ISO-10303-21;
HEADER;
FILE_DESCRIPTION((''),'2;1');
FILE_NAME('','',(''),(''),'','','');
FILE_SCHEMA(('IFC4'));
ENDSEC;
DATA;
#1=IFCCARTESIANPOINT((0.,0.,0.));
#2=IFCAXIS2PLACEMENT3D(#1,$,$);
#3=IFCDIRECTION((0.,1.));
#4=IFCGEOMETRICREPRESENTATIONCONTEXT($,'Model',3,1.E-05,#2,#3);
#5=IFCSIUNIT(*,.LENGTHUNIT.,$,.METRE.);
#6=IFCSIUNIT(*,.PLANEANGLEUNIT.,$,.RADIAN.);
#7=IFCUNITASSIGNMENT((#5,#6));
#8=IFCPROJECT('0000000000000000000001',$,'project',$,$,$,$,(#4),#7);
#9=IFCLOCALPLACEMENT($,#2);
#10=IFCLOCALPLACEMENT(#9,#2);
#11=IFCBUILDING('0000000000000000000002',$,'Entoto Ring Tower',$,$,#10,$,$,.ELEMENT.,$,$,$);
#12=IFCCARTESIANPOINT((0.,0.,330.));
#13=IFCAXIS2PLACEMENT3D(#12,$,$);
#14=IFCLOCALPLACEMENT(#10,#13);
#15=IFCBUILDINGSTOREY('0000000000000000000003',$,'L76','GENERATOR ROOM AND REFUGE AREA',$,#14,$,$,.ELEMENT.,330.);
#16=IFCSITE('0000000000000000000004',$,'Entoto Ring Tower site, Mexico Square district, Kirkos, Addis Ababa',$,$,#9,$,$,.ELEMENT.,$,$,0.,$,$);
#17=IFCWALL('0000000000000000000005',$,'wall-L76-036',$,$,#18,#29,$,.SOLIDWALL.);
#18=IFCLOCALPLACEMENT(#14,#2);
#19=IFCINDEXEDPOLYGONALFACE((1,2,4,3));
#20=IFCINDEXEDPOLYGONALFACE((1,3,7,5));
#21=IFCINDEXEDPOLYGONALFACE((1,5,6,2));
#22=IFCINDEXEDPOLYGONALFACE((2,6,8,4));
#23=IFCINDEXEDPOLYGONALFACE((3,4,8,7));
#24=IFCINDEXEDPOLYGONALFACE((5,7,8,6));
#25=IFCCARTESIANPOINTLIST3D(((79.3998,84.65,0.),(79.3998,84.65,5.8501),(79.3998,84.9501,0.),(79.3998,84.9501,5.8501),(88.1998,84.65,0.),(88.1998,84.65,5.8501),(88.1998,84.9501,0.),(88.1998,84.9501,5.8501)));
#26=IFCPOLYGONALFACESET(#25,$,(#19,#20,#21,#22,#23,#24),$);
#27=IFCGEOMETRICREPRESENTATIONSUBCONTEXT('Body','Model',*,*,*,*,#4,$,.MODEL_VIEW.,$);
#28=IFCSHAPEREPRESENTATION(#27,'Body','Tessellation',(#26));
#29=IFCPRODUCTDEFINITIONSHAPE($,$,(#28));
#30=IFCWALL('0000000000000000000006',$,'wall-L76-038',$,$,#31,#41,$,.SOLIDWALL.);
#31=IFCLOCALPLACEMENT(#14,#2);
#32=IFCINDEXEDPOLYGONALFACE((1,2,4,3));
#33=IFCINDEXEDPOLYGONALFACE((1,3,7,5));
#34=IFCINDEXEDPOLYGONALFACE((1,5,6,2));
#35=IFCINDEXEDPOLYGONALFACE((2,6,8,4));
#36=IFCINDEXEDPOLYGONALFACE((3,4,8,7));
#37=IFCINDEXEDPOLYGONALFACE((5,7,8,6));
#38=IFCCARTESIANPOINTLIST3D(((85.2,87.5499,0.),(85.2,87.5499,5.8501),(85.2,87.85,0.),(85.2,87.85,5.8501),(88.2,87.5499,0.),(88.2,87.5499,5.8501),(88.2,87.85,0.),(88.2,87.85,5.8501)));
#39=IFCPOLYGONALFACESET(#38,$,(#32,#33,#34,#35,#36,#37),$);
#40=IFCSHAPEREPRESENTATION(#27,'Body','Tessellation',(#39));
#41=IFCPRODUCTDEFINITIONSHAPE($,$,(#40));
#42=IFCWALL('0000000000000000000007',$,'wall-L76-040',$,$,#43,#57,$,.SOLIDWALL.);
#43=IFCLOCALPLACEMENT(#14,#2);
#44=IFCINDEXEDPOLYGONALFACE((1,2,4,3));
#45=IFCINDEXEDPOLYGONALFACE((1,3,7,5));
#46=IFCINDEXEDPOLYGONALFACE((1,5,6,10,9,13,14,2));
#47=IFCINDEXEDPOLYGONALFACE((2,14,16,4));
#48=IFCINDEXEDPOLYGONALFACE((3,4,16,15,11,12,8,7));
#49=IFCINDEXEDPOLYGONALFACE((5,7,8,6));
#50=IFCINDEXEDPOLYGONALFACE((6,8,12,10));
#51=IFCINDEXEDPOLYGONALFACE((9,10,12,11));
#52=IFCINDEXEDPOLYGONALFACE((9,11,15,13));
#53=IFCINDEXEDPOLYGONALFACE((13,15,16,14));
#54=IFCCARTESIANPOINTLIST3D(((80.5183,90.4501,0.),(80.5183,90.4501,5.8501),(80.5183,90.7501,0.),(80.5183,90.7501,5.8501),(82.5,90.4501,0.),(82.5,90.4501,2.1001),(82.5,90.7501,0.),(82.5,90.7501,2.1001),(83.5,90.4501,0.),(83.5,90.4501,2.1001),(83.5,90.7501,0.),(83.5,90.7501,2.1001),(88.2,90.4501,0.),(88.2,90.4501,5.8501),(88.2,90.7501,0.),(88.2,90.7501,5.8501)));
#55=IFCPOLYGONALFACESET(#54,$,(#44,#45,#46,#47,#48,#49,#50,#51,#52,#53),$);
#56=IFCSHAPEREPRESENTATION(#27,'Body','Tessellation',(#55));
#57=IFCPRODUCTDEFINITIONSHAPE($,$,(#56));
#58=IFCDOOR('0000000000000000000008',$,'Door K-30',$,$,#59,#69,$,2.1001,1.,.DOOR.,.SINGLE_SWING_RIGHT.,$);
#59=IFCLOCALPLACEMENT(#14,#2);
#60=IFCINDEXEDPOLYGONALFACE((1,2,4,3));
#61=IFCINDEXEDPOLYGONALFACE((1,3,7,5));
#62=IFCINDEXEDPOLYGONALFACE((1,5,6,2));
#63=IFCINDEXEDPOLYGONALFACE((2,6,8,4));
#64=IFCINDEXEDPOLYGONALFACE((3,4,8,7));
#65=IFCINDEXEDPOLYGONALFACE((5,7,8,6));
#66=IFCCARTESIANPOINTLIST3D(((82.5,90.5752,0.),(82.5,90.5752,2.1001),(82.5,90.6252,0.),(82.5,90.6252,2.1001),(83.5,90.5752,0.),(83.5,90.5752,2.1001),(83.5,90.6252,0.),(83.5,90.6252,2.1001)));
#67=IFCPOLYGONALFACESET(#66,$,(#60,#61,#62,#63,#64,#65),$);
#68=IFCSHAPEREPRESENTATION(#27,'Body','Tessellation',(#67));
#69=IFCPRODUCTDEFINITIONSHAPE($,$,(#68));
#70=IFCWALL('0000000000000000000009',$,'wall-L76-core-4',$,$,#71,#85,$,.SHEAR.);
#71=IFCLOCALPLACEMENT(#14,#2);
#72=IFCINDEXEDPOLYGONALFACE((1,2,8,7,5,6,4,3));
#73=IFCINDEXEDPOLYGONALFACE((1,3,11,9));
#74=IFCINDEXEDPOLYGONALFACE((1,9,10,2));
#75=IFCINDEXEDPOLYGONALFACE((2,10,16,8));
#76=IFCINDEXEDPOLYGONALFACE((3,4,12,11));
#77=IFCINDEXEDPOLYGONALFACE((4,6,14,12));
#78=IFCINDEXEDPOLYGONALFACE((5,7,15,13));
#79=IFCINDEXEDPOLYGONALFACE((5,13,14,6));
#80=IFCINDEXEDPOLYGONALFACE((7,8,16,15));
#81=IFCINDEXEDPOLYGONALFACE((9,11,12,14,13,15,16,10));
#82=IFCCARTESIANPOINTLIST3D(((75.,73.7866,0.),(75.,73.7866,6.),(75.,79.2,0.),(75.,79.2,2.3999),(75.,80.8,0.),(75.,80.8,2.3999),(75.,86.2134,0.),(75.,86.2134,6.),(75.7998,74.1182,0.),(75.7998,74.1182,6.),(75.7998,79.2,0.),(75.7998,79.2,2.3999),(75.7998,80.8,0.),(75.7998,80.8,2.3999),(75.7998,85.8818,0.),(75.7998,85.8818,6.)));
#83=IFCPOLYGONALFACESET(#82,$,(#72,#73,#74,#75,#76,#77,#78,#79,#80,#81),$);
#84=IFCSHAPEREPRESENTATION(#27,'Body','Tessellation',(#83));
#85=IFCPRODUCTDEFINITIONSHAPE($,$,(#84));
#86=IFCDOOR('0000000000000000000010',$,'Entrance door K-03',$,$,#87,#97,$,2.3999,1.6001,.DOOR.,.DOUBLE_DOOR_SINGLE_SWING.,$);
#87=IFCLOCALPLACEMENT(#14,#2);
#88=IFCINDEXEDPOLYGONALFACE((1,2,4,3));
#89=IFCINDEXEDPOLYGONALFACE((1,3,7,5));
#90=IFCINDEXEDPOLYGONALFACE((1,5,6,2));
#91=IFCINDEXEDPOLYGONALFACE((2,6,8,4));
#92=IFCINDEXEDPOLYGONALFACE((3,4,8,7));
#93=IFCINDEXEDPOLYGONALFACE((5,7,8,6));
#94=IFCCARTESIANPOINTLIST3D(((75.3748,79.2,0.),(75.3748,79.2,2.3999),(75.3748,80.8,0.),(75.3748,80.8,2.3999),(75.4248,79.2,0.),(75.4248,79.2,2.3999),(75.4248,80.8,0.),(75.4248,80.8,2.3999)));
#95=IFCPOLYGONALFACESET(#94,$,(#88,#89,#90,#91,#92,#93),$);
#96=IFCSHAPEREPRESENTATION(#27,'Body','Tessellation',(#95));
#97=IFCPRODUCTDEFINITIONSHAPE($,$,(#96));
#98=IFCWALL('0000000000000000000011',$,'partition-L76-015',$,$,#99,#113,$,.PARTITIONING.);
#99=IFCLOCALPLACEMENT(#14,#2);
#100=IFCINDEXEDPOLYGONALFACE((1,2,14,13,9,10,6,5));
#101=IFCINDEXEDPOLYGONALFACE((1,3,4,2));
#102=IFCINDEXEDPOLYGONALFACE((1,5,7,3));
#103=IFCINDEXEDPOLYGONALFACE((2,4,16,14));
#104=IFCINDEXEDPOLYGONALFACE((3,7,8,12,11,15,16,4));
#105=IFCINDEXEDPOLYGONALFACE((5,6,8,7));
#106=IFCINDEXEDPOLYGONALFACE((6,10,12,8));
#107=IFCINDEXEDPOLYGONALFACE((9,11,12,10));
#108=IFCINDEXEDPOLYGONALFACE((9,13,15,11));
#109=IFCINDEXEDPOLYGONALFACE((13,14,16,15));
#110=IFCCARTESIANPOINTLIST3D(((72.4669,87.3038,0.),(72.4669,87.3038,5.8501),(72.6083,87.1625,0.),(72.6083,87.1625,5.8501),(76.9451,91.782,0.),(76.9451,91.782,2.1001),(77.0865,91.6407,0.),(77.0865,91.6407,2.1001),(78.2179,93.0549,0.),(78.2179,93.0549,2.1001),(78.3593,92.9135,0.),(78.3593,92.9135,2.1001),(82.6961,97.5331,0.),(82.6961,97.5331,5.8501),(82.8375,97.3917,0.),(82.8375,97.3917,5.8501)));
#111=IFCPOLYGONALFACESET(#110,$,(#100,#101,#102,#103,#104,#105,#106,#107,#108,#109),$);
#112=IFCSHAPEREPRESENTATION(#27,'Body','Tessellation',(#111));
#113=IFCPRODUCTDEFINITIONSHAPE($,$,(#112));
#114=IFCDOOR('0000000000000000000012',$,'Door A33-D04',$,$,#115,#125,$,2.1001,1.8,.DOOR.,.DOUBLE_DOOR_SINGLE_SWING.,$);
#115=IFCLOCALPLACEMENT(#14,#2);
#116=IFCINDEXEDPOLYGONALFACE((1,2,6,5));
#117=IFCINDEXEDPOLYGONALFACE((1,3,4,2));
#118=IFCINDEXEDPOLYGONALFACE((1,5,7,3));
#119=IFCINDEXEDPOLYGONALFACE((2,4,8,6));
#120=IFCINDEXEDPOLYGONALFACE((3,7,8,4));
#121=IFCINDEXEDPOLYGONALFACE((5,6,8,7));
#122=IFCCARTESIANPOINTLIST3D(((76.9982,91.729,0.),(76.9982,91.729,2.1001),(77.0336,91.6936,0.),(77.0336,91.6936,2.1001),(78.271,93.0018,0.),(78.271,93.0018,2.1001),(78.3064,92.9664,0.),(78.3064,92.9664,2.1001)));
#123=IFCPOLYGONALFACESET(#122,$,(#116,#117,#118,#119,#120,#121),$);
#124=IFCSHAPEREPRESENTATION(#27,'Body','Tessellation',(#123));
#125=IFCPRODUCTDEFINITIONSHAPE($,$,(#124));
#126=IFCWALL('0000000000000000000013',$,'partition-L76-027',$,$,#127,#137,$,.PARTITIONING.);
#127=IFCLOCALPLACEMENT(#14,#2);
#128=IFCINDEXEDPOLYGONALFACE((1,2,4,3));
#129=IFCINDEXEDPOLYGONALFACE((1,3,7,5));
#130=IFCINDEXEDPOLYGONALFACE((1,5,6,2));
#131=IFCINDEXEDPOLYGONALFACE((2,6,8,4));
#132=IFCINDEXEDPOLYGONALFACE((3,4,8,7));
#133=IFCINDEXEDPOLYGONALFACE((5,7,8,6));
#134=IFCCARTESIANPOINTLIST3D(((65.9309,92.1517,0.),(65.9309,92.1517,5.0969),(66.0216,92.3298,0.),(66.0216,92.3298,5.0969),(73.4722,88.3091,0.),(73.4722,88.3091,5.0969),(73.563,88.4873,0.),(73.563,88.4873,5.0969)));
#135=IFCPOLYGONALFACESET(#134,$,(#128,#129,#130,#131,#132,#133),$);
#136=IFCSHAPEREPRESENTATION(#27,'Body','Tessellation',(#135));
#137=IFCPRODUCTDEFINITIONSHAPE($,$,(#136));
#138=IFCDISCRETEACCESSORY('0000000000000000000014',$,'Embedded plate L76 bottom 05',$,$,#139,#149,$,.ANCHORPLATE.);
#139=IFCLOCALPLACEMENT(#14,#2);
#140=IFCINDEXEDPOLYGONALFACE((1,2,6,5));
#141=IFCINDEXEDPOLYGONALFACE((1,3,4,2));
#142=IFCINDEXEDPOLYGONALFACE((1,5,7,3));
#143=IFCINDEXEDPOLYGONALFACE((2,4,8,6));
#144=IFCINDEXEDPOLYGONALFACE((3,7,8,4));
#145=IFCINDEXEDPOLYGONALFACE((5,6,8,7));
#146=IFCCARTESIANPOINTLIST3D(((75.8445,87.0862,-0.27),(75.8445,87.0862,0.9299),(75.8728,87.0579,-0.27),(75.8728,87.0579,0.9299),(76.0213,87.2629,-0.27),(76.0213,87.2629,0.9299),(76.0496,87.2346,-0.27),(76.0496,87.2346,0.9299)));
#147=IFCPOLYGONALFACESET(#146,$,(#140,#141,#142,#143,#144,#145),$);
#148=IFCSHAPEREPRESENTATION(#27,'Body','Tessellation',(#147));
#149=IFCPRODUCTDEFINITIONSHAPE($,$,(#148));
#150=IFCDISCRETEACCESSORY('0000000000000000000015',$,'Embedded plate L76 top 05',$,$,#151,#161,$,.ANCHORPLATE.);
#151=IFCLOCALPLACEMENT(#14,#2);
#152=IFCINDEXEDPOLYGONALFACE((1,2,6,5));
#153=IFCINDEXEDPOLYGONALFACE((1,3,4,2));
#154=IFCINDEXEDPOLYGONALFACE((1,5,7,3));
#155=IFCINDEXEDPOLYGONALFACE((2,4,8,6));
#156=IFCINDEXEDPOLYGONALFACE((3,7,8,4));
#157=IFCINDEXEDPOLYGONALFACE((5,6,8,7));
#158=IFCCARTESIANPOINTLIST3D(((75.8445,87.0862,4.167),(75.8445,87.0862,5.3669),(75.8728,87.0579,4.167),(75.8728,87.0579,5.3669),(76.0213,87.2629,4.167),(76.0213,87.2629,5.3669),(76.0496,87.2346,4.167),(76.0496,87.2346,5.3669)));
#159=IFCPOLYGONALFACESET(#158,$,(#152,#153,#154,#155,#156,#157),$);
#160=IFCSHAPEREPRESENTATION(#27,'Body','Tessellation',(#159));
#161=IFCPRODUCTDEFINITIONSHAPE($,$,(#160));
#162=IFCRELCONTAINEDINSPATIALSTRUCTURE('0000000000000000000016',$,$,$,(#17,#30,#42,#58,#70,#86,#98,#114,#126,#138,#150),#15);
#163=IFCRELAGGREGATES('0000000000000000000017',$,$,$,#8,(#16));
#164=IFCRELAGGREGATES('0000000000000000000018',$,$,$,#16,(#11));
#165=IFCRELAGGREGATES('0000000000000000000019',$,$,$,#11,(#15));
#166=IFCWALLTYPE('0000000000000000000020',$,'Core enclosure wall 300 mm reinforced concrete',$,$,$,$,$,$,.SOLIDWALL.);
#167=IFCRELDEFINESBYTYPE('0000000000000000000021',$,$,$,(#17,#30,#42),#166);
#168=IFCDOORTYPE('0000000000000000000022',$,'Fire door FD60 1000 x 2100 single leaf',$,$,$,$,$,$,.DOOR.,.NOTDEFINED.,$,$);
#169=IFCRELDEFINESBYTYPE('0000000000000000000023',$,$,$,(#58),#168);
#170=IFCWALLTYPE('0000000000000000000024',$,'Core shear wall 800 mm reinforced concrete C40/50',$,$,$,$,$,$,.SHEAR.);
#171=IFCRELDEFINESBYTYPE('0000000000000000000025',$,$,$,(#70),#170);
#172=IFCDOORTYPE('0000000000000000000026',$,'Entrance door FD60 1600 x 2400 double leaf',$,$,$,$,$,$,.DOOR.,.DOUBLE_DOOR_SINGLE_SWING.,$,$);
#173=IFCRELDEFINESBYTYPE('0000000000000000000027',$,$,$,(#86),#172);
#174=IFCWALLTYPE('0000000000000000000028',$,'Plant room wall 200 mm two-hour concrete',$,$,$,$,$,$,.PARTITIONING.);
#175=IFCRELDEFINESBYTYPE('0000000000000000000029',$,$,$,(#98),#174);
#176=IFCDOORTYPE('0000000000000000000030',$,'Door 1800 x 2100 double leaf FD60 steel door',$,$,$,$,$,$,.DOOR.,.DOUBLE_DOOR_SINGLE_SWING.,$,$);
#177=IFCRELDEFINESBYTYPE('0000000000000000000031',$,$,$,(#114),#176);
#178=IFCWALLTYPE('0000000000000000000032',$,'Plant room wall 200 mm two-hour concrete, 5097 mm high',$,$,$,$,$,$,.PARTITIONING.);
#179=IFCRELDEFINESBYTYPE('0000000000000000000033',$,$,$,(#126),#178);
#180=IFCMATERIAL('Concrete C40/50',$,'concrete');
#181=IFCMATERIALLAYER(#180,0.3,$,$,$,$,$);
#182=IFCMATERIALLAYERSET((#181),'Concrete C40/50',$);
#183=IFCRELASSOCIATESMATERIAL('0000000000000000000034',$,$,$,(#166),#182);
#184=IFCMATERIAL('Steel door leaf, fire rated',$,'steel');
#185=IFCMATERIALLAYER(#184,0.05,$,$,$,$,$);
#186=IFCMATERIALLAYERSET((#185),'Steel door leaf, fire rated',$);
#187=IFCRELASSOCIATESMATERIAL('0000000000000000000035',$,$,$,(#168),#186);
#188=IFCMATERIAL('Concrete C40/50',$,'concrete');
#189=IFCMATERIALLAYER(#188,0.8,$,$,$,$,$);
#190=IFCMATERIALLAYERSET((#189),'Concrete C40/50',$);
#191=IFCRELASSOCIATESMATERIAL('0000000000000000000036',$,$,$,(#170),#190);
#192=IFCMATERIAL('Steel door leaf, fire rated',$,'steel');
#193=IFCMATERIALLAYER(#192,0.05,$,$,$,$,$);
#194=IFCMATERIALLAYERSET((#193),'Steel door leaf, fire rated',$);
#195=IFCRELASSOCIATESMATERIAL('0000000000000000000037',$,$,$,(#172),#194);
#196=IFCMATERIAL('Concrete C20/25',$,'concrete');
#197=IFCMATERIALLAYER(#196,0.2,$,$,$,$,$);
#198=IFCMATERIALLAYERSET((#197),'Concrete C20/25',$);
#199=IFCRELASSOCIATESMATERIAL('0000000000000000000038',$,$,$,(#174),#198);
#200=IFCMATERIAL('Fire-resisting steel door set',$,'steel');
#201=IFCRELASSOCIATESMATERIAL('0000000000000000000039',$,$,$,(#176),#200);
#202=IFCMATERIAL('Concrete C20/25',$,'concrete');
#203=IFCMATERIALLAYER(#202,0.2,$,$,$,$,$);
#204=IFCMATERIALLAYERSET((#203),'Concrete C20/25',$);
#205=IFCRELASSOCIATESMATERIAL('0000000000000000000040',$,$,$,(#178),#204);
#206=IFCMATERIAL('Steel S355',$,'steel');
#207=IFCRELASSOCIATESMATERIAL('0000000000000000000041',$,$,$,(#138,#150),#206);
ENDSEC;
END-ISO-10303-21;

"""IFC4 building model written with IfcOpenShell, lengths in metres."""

from ifc_helpers import new_model, si_unit, direction, frame, frame_2d, origin, origin_2d, place, context, subcontext, project, spatial, polyline, rectangle, outline, extrude, material, layer, layer_set, type_object, element, fill, save


model = new_model("IFC4")

# Units and contexts
model_context = context("Model", 3, precision=1e-05, world=origin(), true_north=direction((0.0, 1.0)))
body_context = subcontext(model_context, "Body", "Model", "MODEL_VIEW")
ifc_project = project(units=[si_unit("LENGTHUNIT", "METRE"), si_unit("PLANEANGLEUNIT", "RADIAN")], contexts=[model_context])

# Site, building, storey
site_placement = place(None, origin())
site = spatial("IfcSite", under=ifc_project, at=site_placement, Name="Entoto Ring Tower site, Mexico Square district, Kirkos, Addis Ababa", CompositionType="ELEMENT", RefElevation=0.0)
building_placement = place(site_placement, origin())
building = spatial("IfcBuilding", under=site, at=building_placement, Name="Entoto Ring Tower", CompositionType="ELEMENT")
storey_placement = place(building_placement, frame((0.0, 0.0, 330.0)))
storey = spatial("IfcBuildingStorey", under=building, at=storey_placement, Name="L76", Description="GENERATOR ROOM AND REFUGE AREA", CompositionType="ELEMENT", Elevation=330.0)

# Walls
ifc_material_1 = material(Name="Concrete C40/50", Category="concrete")
ifc_layer_1 = layer(ifc_material_1, 0.3)
ifc_layer_set_1 = layer_set([ifc_layer_1], Name="Concrete C40/50")
wall_type_1 = type_object("IfcWallType", Name="Core enclosure wall 300 mm reinforced concrete", PredefinedType="SOLIDWALL", material=ifc_layer_set_1)
wall_1_placement = place(storey_placement, frame((79.3999, 84.8, 0.0), z_axis=(0.0, 0.0, 1.0), x_axis=(1.0, 0.0, 0.0)))
element("IfcWall", 1, at=wall_1_placement, inside=storey, type_object=wall_type_1, Name="wall-L76-036", PredefinedType="SOLIDWALL", context=body_context, shape_type="SweptSolid", body=[
    extrude(rectangle(XDim=8.8, YDim=0.3, at=frame_2d((4.3999, 0.0))), origin(), (0.0, 0.0, 1.0), 5.8501),
])
wall_2_placement = place(storey_placement, frame((85.2, 87.7, 0.0), z_axis=(0.0, 0.0, 1.0), x_axis=(1.0, 0.0, 0.0)))
element("IfcWall", 2, at=wall_2_placement, inside=storey, type_object=wall_type_1, Name="wall-L76-038", PredefinedType="SOLIDWALL", context=body_context, shape_type="SweptSolid", body=[
    extrude(rectangle(XDim=3.0, YDim=0.3, at=frame_2d((1.5, 0.0))), origin(), (0.0, 0.0, 1.0), 5.8501),
])

# Walls, openings, doors
wall_3_placement = place(storey_placement, frame((80.5183, 90.6001, 0.0), z_axis=(0.0, 0.0, 1.0), x_axis=(1.0, 0.0, 0.0)))
wall_3 = element("IfcWall", 3, at=wall_3_placement, inside=storey, type_object=wall_type_1, Name="wall-L76-040", PredefinedType="SOLIDWALL", context=body_context, shape_type="SweptSolid", body=[
    extrude(rectangle(XDim=7.6816, YDim=0.3, at=frame_2d((3.8408, 0.0))), origin(), (0.0, 0.0, 1.0), 5.8501),
])
opening_1_placement = place(wall_3_placement, frame((1.9817, 0.0, 0.0)))
opening_1 = element("IfcOpeningElement", 4, at=opening_1_placement, cuts=wall_3, PredefinedType="OPENING", context=body_context, shape_type="SweptSolid", body=[
    extrude(rectangle(XDim=1.0, YDim=2.1001, at=frame_2d((0.5, 1.05))), frame((0.0, 0.1602, 0.0), z_axis=(0.0, -1.0, 0.0), x_axis=(1.0, 0.0, 0.0)), (0.0, 0.0, 1.0), 0.3201),
])
ifc_material_2 = material(Name="Steel door leaf, fire rated", Category="steel")
ifc_layer_2 = layer(ifc_material_2, 0.05)
ifc_layer_set_2 = layer_set([ifc_layer_2], Name="Steel door leaf, fire rated")
door_type_1 = type_object("IfcDoorType", Name="Fire door FD60 1000 x 2100 single leaf", OperationType="NOTDEFINED", PredefinedType="DOOR", material=ifc_layer_set_2)
door_1_placement = place(opening_1_placement, frame((1.0, 0.0, 0.0), z_axis=(0.0, 0.0, 1.0), x_axis=(-1.0, 0.0, 0.0)))
door_1 = element("IfcDoor", 5, at=door_1_placement, inside=storey, type_object=door_type_1, Name="Door K-30", OperationType="SINGLE_SWING_RIGHT", OverallHeight=2.1001, OverallWidth=1.0, PredefinedType="DOOR", context=body_context, shape_type="SweptSolid", body=[
    extrude(rectangle(XDim=1.0, YDim=2.1001, at=frame_2d((0.5, 1.05))), frame((0.0, 0.0249, 0.0), z_axis=(0.0, -1.0, 0.0), x_axis=(1.0, 0.0, 0.0)), (0.0, 0.0, 1.0), 0.05),
])
fill(opening_1, door_1)
ifc_material_3 = material(Name="Concrete C40/50", Category="concrete")
ifc_layer_3 = layer(ifc_material_3, 0.8)
ifc_layer_set_3 = layer_set([ifc_layer_3], Name="Concrete C40/50")
wall_type_2 = type_object("IfcWallType", Name="Core shear wall 800 mm reinforced concrete C40/50", PredefinedType="SHEAR", material=ifc_layer_set_3)
wall_4_placement = place(storey_placement, frame((75.3999, 86.0476, 0.0), z_axis=(0.0, 0.0, 1.0), x_axis=(0.0, -1.0, 0.0)))
wall_4 = element("IfcWall", 6, at=wall_4_placement, inside=storey, type_object=wall_type_2, Name="wall-L76-core-4", PredefinedType="SHEAR", context=body_context, shape_type="SweptSolid", body=[
    extrude(outline(polyline([(-0.1658, -0.3999), (12.261, -0.3999), (11.9294, 0.3999), (0.1658, 0.3999), (-0.1658, -0.3999)])), origin(), (0.0, 0.0, 1.0), 6.0),
])
opening_2_placement = place(wall_4_placement, frame((5.2476, 0.0, 0.0)))
opening_2 = element("IfcOpeningElement", 7, at=opening_2_placement, cuts=wall_4, PredefinedType="OPENING", context=body_context, shape_type="SweptSolid", body=[
    extrude(rectangle(XDim=1.6001, YDim=2.3999, at=frame_2d((0.8, 1.2))), frame((0.0, 0.4102, 0.0), z_axis=(0.0, -1.0, 0.0), x_axis=(1.0, 0.0, 0.0)), (0.0, 0.0, 1.0), 0.8201),
])
ifc_material_4 = material(Name="Steel door leaf, fire rated", Category="steel")
ifc_layer_4 = layer(ifc_material_4, 0.05)
ifc_layer_set_4 = layer_set([ifc_layer_4], Name="Steel door leaf, fire rated")
door_type_2 = type_object("IfcDoorType", Name="Entrance door FD60 1600 x 2400 double leaf", OperationType="DOUBLE_DOOR_SINGLE_SWING", PredefinedType="DOOR", material=ifc_layer_set_4)
door_2_placement = place(opening_2_placement, origin())
door_2 = element("IfcDoor", 8, at=door_2_placement, inside=storey, type_object=door_type_2, Name="Entrance door K-03", OperationType="DOUBLE_DOOR_SINGLE_SWING", OverallHeight=2.3999, OverallWidth=1.6001, PredefinedType="DOOR", context=body_context, shape_type="SweptSolid", body=[
    extrude(rectangle(XDim=1.6001, YDim=2.3999, at=frame_2d((0.8, 1.2))), frame((0.0, 0.0249, 0.0), z_axis=(0.0, -1.0, 0.0), x_axis=(1.0, 0.0, 0.0)), (0.0, 0.0, 1.0), 0.05),
])
fill(opening_2, door_2)
ifc_material_5 = material(Name="Concrete C20/25", Category="concrete")
ifc_layer_5 = layer(ifc_material_5, 0.2)
ifc_layer_set_5 = layer_set([ifc_layer_5], Name="Concrete C20/25")
wall_type_3 = type_object("IfcWallType", Name="Plant room wall 200 mm two-hour concrete", PredefinedType="PARTITIONING", material=ifc_layer_set_5)
wall_5_placement = place(storey_placement, frame((72.5376, 87.2332, 0.0), z_axis=(0.0, 0.0, 1.0), x_axis=(0.707107, 0.707107, 0.0)))
wall_5 = element("IfcWall", 9, at=wall_5_placement, inside=storey, type_object=wall_type_3, Name="partition-L76-015", PredefinedType="PARTITIONING", context=body_context, shape_type="SweptSolid", body=[
    extrude(rectangle(XDim=14.4663, YDim=0.2, at=frame_2d((7.2332, 0.0))), origin(), (0.0, 0.0, 1.0), 5.8501),
])
opening_3_placement = place(wall_5_placement, frame((6.3333, 0.0, 0.0)))
opening_3 = element("IfcOpeningElement", 10, at=opening_3_placement, cuts=wall_5, PredefinedType="OPENING", context=body_context, shape_type="SweptSolid", body=[
    extrude(rectangle(XDim=1.8, YDim=2.1001, at=frame_2d((0.8999, 1.05))), frame((0.0, 0.1099, 0.0), z_axis=(0.0, -1.0, 0.0), x_axis=(1.0, 0.0, 0.0)), (0.0, 0.0, 1.0), 0.22),
])
ifc_material_6 = material(Name="Fire-resisting steel door set", Category="steel")
door_type_3 = type_object("IfcDoorType", Name="Door 1800 x 2100 double leaf FD60 steel door", OperationType="DOUBLE_DOOR_SINGLE_SWING", PredefinedType="DOOR", material=ifc_material_6)
door_3_placement = place(opening_3_placement, origin())
door_3 = element("IfcDoor", 11, at=door_3_placement, inside=storey, type_object=door_type_3, Name="Door A33-D04", OperationType="DOUBLE_DOOR_SINGLE_SWING", OverallHeight=2.1001, OverallWidth=1.8, PredefinedType="DOOR", context=body_context, shape_type="SweptSolid", body=[
    extrude(rectangle(XDim=1.8, YDim=2.1001, at=frame_2d((0.8999, 1.05))), frame((0.0, 0.0249, 0.0), z_axis=(0.0, -1.0, 0.0), x_axis=(1.0, 0.0, 0.0)), (0.0, 0.0, 1.0), 0.05),
])
fill(opening_3, door_3)

# Wall
ifc_material_7 = material(Name="Concrete C20/25", Category="concrete")
ifc_layer_6 = layer(ifc_material_7, 0.2)
ifc_layer_set_6 = layer_set([ifc_layer_6], Name="Concrete C20/25")
wall_type_4 = type_object("IfcWallType", Name="Plant room wall 200 mm two-hour concrete, 5097 mm high", PredefinedType="PARTITIONING", material=ifc_layer_set_6)
wall_6_placement = place(storey_placement, frame((73.5176, 88.3982, 0.0), z_axis=(0.0, 0.0, 1.0), x_axis=(-0.891003, 0.453997, 0.0)))
element("IfcWall", 12, at=wall_6_placement, inside=storey, type_object=wall_type_4, Name="partition-L76-027", PredefinedType="PARTITIONING", context=body_context, shape_type="SweptSolid", body=[
    extrude(rectangle(XDim=8.4639, YDim=0.2, at=frame_2d((4.2319, 0.0))), origin(), (0.0, 0.0, 1.0), 5.0969),
])

# Discrete accessories
ifc_material_8 = material(Name="Steel S355", Category="steel")
for number, where, z_axis, x_axis, name in (
    (13, (75.947, 87.1604, -0.27), (0.0, 0.0, 1.0), (-0.707107, 0.707107, 0.0), "Embedded plate L76 bottom 05"),
    (14, (75.947, 87.1604, 4.167), (0.0, 0.0, 1.0), (-0.707107, 0.707107, 0.0), "Embedded plate L76 top 05"),
):
    element("IfcDiscreteAccessory", number, at=place(storey_placement, frame(where, z_axis=z_axis, x_axis=x_axis)), inside=storey, material=ifc_material_8, Name=name, PredefinedType="ANCHORPLATE", context=body_context, shape_type="SweptSolid", body=[
        extrude(rectangle(XDim=0.04, YDim=0.25, at=origin_2d()), origin(), (0.0, 0.0, 1.0), 1.2),
    ])

save(model, "model.ifc")
